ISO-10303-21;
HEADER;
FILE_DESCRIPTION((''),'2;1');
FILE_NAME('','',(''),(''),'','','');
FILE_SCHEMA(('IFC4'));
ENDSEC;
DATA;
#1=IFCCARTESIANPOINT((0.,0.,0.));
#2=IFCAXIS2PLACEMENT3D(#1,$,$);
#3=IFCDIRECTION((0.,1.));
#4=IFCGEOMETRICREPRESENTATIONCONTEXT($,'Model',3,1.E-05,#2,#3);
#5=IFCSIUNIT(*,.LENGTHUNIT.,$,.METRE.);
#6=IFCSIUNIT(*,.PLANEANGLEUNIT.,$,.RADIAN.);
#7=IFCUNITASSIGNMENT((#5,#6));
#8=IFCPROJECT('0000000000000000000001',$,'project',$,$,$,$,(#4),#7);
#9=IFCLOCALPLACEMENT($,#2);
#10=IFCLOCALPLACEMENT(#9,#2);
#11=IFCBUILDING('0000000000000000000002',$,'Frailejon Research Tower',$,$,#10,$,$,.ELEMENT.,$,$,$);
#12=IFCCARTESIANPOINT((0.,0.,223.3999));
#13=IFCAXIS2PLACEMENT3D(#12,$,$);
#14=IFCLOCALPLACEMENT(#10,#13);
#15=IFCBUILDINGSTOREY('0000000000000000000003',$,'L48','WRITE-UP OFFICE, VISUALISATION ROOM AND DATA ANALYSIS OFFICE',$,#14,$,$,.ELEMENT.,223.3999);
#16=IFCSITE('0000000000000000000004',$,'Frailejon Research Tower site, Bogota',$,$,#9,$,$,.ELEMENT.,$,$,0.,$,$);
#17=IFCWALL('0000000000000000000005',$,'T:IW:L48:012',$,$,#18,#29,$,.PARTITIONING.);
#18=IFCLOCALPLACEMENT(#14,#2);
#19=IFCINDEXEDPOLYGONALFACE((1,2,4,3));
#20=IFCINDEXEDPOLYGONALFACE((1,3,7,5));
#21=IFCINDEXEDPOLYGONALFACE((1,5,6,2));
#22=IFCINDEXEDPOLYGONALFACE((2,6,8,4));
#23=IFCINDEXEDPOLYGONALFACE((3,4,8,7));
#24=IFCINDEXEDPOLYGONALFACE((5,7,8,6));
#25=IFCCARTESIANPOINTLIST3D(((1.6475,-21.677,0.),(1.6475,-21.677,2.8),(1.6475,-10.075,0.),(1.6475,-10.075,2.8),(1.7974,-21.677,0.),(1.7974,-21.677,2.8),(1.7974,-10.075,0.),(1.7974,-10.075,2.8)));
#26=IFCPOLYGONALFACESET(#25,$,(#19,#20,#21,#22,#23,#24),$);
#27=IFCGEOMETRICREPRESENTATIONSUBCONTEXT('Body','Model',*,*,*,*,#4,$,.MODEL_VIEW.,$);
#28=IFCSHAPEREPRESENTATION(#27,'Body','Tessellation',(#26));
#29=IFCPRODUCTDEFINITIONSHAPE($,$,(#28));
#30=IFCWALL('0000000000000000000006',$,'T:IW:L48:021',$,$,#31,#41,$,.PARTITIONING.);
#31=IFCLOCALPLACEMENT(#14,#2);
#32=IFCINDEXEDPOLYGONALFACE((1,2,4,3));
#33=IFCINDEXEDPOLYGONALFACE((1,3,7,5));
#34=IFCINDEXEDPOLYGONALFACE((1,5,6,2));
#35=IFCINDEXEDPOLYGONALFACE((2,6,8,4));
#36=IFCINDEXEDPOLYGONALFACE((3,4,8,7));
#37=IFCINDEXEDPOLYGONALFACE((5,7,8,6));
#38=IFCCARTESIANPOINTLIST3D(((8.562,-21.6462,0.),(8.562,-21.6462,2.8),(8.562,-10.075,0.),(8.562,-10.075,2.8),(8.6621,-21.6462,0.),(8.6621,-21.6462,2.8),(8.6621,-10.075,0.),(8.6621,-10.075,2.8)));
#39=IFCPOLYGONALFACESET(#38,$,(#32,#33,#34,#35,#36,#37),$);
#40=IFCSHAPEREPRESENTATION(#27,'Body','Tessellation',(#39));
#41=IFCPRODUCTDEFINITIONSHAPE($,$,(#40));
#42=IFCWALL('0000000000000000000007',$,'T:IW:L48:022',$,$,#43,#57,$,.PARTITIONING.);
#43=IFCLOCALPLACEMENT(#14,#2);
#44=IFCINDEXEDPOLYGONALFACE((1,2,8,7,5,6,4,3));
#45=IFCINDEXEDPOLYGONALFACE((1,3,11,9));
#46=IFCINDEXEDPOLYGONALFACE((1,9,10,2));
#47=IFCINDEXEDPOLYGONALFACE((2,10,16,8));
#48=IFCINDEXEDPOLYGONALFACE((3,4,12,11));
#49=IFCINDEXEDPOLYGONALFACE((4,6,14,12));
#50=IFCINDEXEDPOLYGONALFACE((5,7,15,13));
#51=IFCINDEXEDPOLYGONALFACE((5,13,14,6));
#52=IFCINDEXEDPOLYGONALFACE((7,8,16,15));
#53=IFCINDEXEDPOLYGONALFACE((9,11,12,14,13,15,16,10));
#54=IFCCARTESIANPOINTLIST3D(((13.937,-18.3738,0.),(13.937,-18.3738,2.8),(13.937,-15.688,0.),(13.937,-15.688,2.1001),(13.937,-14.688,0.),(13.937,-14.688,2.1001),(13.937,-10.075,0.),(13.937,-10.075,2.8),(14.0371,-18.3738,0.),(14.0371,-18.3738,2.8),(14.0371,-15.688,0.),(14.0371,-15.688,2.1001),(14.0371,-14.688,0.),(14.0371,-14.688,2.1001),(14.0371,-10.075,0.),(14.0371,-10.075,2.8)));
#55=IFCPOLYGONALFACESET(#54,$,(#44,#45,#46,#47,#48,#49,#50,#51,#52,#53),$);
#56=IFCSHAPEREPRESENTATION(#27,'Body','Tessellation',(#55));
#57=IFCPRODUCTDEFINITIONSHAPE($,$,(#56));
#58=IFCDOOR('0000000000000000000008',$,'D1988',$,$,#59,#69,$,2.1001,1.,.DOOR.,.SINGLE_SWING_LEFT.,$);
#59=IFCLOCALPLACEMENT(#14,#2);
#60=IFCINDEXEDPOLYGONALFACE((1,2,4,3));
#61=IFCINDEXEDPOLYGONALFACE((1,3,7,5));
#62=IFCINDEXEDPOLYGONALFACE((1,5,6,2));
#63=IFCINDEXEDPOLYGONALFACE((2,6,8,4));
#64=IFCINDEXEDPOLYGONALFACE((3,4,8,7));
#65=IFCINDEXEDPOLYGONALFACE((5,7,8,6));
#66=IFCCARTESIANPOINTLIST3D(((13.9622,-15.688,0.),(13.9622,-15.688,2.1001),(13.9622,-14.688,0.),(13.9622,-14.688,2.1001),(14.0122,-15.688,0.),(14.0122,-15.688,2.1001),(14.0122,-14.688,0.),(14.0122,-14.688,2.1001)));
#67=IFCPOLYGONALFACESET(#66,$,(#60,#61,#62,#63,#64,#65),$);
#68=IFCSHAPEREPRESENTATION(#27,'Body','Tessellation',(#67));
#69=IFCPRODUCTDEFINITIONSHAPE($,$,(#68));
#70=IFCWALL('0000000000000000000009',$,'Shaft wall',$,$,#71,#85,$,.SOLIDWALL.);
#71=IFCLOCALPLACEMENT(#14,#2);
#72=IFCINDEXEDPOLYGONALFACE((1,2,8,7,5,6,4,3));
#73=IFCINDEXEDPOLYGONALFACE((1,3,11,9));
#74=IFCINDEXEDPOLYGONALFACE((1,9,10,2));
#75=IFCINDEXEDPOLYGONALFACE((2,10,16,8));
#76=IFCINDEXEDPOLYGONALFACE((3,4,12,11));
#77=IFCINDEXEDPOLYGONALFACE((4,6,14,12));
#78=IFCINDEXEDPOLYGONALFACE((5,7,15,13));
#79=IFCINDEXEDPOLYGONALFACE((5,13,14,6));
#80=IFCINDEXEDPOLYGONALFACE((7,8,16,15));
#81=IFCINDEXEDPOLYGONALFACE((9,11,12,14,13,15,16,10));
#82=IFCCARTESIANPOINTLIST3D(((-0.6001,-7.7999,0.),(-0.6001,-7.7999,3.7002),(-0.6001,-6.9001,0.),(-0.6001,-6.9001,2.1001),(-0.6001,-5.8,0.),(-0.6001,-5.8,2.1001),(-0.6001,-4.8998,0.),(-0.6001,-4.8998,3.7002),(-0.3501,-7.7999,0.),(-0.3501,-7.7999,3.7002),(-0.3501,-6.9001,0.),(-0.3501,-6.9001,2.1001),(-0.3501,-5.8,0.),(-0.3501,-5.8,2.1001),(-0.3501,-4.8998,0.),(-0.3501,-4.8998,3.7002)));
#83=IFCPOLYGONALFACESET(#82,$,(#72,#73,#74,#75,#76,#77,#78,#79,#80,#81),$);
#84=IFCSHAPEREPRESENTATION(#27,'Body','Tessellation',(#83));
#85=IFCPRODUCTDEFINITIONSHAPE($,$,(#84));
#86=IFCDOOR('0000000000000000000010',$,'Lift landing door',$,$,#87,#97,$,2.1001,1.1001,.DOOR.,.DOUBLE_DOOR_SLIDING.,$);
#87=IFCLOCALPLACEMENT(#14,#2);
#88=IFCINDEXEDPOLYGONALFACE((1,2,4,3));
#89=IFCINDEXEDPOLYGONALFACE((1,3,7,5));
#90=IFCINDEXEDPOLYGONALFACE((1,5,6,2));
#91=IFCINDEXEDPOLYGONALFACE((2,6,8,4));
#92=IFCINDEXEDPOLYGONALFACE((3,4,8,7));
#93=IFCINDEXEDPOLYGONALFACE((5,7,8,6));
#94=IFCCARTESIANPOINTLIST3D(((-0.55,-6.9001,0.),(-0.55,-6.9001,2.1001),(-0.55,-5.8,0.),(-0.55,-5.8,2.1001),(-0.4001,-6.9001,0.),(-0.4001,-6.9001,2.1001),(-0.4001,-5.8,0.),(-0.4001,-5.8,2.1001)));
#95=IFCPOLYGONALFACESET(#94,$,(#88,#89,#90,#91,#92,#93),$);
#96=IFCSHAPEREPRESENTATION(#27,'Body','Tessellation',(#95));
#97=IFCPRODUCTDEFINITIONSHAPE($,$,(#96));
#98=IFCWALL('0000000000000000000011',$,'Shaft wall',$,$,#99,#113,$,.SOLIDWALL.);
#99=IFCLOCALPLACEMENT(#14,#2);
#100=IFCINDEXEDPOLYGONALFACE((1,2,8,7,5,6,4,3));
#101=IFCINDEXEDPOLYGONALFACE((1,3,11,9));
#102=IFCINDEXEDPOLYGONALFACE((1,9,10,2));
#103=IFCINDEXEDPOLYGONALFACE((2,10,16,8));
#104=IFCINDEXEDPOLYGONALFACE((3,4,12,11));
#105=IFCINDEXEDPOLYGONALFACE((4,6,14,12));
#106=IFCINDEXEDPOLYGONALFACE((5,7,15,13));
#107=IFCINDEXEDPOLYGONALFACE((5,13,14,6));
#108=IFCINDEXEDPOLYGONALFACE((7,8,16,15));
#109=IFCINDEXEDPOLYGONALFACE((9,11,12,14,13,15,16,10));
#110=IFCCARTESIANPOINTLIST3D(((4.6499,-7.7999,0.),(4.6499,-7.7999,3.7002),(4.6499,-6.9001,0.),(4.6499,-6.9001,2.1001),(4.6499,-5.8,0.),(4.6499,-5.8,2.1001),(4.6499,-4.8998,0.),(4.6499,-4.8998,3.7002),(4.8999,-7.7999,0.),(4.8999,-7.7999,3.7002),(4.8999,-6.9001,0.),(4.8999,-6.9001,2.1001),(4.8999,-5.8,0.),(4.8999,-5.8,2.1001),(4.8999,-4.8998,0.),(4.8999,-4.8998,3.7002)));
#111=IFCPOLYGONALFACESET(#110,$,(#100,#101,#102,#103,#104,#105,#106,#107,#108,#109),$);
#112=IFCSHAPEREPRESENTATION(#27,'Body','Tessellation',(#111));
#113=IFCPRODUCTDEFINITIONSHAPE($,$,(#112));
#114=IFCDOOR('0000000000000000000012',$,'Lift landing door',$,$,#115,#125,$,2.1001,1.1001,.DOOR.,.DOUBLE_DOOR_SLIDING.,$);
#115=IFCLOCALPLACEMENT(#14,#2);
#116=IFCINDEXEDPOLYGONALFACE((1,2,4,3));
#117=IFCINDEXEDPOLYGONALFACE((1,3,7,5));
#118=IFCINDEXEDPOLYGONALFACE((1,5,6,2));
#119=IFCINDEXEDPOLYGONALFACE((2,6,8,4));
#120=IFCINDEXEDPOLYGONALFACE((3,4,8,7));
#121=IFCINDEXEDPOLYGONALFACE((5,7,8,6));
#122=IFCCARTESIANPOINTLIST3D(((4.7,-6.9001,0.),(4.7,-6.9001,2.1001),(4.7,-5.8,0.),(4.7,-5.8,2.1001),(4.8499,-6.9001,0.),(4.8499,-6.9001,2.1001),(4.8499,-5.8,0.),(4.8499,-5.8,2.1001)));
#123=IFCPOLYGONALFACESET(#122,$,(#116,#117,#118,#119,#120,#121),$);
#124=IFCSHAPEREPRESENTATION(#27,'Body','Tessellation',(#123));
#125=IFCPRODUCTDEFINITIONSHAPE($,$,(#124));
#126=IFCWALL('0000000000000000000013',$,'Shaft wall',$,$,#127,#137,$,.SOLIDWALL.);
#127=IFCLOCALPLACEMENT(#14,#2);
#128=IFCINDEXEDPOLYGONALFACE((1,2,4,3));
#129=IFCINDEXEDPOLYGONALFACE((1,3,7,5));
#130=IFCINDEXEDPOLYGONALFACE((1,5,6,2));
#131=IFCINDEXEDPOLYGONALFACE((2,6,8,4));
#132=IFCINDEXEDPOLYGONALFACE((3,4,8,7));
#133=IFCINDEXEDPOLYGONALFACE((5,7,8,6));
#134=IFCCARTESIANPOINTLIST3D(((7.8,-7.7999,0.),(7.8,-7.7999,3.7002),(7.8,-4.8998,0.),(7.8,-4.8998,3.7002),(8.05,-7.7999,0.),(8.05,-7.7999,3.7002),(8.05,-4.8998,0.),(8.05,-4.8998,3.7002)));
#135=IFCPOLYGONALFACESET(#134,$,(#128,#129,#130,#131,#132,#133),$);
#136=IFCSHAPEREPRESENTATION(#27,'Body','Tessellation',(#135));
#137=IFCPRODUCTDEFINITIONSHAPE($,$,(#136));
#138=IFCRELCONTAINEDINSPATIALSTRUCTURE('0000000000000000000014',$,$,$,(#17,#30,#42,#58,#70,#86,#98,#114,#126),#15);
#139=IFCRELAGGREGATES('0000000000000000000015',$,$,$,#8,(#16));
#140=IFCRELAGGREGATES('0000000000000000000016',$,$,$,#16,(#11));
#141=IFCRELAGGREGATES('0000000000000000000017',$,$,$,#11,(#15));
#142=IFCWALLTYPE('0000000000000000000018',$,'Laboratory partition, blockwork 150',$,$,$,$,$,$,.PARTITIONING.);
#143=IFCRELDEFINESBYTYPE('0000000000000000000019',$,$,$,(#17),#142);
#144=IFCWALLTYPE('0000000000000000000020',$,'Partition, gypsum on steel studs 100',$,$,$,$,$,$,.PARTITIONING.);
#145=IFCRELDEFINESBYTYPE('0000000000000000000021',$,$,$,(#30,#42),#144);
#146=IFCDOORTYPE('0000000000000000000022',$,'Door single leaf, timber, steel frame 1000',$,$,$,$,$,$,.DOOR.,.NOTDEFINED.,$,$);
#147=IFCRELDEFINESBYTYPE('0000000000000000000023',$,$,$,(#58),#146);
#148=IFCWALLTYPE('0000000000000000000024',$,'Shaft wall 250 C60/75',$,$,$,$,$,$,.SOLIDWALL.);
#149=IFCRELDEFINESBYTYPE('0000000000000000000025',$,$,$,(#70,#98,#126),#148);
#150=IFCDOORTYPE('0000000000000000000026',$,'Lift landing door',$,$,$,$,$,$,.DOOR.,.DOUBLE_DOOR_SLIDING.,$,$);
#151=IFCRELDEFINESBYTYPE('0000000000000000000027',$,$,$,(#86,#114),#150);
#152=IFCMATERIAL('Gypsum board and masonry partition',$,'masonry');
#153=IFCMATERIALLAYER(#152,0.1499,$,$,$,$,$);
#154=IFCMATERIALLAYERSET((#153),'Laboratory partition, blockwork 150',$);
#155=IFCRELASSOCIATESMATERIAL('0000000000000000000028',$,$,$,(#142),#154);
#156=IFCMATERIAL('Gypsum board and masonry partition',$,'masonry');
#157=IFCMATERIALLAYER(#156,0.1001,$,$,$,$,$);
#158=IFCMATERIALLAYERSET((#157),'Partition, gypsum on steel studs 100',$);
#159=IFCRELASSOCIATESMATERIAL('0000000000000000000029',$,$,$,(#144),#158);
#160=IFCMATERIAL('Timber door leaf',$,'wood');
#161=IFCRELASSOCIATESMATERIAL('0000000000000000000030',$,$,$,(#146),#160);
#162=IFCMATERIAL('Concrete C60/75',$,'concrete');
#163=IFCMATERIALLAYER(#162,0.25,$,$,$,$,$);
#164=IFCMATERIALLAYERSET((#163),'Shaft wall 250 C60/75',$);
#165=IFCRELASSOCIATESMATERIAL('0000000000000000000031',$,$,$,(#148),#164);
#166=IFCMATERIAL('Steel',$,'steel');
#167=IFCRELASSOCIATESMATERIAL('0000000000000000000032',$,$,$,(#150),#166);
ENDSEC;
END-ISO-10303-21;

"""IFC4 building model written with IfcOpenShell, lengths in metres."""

from ifc_helpers import new_model, si_unit, direction, frame, frame_2d, origin, place, context, subcontext, project, spatial, rectangle, extrude, material, layer, layer_set, type_object, element, fill, save


model = new_model("IFC4")

# Units and contexts
model_context = context("Model", 3, precision=1e-05, world=origin(), true_north=direction((0.0, 1.0)))
body_context = subcontext(model_context, "Body", "Model", "MODEL_VIEW")
ifc_project = project(units=[si_unit("LENGTHUNIT", "METRE"), si_unit("PLANEANGLEUNIT", "RADIAN")], contexts=[model_context])

# Site, building, storey
site_placement = place(None, origin())
site = spatial("IfcSite", under=ifc_project, at=site_placement, Name="Frailejon Research Tower site, Bogota", CompositionType="ELEMENT", RefElevation=0.0)
building_placement = place(site_placement, origin())
building = spatial("IfcBuilding", under=site, at=building_placement, Name="Frailejon Research Tower", CompositionType="ELEMENT")
storey_placement = place(building_placement, frame((0.0, 0.0, 223.3999)))
storey = spatial("IfcBuildingStorey", under=building, at=storey_placement, Name="L48", Description="WRITE-UP OFFICE, VISUALISATION ROOM AND DATA ANALYSIS OFFICE", CompositionType="ELEMENT", Elevation=223.3999)

# Walls
ifc_material_1 = material(Name="Gypsum board and masonry partition", Category="masonry")
ifc_layer_1 = layer(ifc_material_1, 0.1499)
ifc_layer_set_1 = layer_set([ifc_layer_1], Name="Laboratory partition, blockwork 150")
wall_type_1 = type_object("IfcWallType", Name="Laboratory partition, blockwork 150", PredefinedType="PARTITIONING", material=ifc_layer_set_1)
wall_1_placement = place(storey_placement, frame((1.7224, -21.677, 0.0), z_axis=(0.0, 0.0, 1.0), x_axis=(0.0, 1.0, 0.0)))
element("IfcWall", 1, at=wall_1_placement, inside=storey, type_object=wall_type_1, Name="T:IW:L48:012", PredefinedType="PARTITIONING", context=body_context, shape_type="SweptSolid", body=[
    extrude(rectangle(XDim=11.6021, YDim=0.1499, at=frame_2d((5.801, 0.0))), origin(), (0.0, 0.0, 1.0), 2.8),
])
ifc_material_2 = material(Name="Gypsum board and masonry partition", Category="masonry")
ifc_layer_2 = layer(ifc_material_2, 0.1001)
ifc_layer_set_2 = layer_set([ifc_layer_2], Name="Partition, gypsum on steel studs 100")
wall_type_2 = type_object("IfcWallType", Name="Partition, gypsum on steel studs 100", PredefinedType="PARTITIONING", material=ifc_layer_set_2)
wall_2_placement = place(storey_placement, frame((8.6121, -21.6462, 0.0), z_axis=(0.0, 0.0, 1.0), x_axis=(0.0, 1.0, 0.0)))
element("IfcWall", 2, at=wall_2_placement, inside=storey, type_object=wall_type_2, Name="T:IW:L48:021", PredefinedType="PARTITIONING", context=body_context, shape_type="SweptSolid", body=[
    extrude(rectangle(XDim=11.5713, YDim=0.1001, at=frame_2d((5.7856, 0.0))), origin(), (0.0, 0.0, 1.0), 2.8),
])

# Walls, openings, doors
wall_3_placement = place(storey_placement, frame((13.9871, -18.3738, 0.0), z_axis=(0.0, 0.0, 1.0), x_axis=(0.0, 1.0, 0.0)))
wall_3 = element("IfcWall", 3, at=wall_3_placement, inside=storey, type_object=wall_type_2, Name="T:IW:L48:022", PredefinedType="PARTITIONING", context=body_context, shape_type="SweptSolid", body=[
    extrude(rectangle(XDim=8.2988, YDim=0.1001, at=frame_2d((4.1494, 0.0))), origin(), (0.0, 0.0, 1.0), 2.8),
])
opening_1_placement = place(wall_3_placement, frame((2.6858, 0.0, 0.0)))
opening_1 = element("IfcOpeningElement", 4, at=opening_1_placement, cuts=wall_3, PredefinedType="OPENING", context=body_context, shape_type="SweptSolid", body=[
    extrude(rectangle(XDim=1.0, YDim=2.1001, at=frame_2d((0.5, 1.05))), frame((0.0, 0.0601, 0.0), z_axis=(0.0, -1.0, 0.0), x_axis=(1.0, 0.0, 0.0)), (0.0, 0.0, 1.0), 0.1201),
])
ifc_material_3 = material(Name="Timber door leaf", Category="wood")
door_type_1 = type_object("IfcDoorType", Name="Door single leaf, timber, steel frame 1000", OperationType="NOTDEFINED", PredefinedType="DOOR", material=ifc_material_3)
door_1_placement = place(opening_1_placement, origin())
door_1 = element("IfcDoor", 5, at=door_1_placement, inside=storey, type_object=door_type_1, Name="D1988", OperationType="SINGLE_SWING_LEFT", OverallHeight=2.1001, OverallWidth=1.0, PredefinedType="DOOR", context=body_context, shape_type="SweptSolid", body=[
    extrude(rectangle(XDim=1.0, YDim=2.1001, at=frame_2d((0.5, 1.05))), frame((0.0, 0.0249, 0.0), z_axis=(0.0, -1.0, 0.0), x_axis=(1.0, 0.0, 0.0)), (0.0, 0.0, 1.0), 0.05),
])
fill(opening_1, door_1)
ifc_material_4 = material(Name="Concrete C60/75", Category="concrete")
ifc_layer_3 = layer(ifc_material_4, 0.25)
ifc_layer_set_3 = layer_set([ifc_layer_3], Name="Shaft wall 250 C60/75")
wall_type_3 = type_object("IfcWallType", Name="Shaft wall 250 C60/75", PredefinedType="SOLIDWALL", material=ifc_layer_set_3)
wall_4_placement = place(storey_placement, frame((-0.4751, -7.8, 0.0), z_axis=(0.0, 0.0, 1.0), x_axis=(0.0, 1.0, 0.0)))
wall_4 = element("IfcWall", 6, at=wall_4_placement, inside=storey, type_object=wall_type_3, Name="Shaft wall", PredefinedType="SOLIDWALL", context=body_context, shape_type="SweptSolid", body=[
    extrude(rectangle(XDim=2.9001, YDim=0.25, at=frame_2d((1.4502, 0.0))), origin(), (0.0, 0.0, 1.0), 3.7002),
])
opening_2_placement = place(wall_4_placement, frame((0.8999, 0.0, 0.0)))
opening_2 = element("IfcOpeningElement", 7, at=opening_2_placement, cuts=wall_4, PredefinedType="OPENING", context=body_context, shape_type="SweptSolid", body=[
    extrude(rectangle(XDim=1.1001, YDim=2.1001, at=frame_2d((0.55, 1.05))), frame((0.0, 0.135, 0.0), z_axis=(0.0, -1.0, 0.0), x_axis=(1.0, 0.0, 0.0)), (0.0, 0.0, 1.0), 0.27),
])
ifc_material_5 = material(Name="Steel", Category="steel")
door_type_2 = type_object("IfcDoorType", Name="Lift landing door", OperationType="DOUBLE_DOOR_SLIDING", PredefinedType="DOOR", material=ifc_material_5)
door_2_placement = place(opening_2_placement, origin())
door_2 = element("IfcDoor", 8, at=door_2_placement, inside=storey, type_object=door_type_2, Name="Lift landing door", OperationType="DOUBLE_DOOR_SLIDING", OverallHeight=2.1001, OverallWidth=1.1001, PredefinedType="DOOR", context=body_context, shape_type="SweptSolid", body=[
    extrude(rectangle(XDim=1.1001, YDim=2.1001, at=frame_2d((0.55, 1.05))), frame((0.0, 0.075, 0.0), z_axis=(0.0, -1.0, 0.0), x_axis=(1.0, 0.0, 0.0)), (0.0, 0.0, 1.0), 0.1499),
])
fill(opening_2, door_2)
wall_5_placement = place(storey_placement, frame((4.7749, -7.8, 0.0), z_axis=(0.0, 0.0, 1.0), x_axis=(0.0, 1.0, 0.0)))
wall_5 = element("IfcWall", 9, at=wall_5_placement, inside=storey, type_object=wall_type_3, Name="Shaft wall", PredefinedType="SOLIDWALL", context=body_context, shape_type="SweptSolid", body=[
    extrude(rectangle(XDim=2.9001, YDim=0.25, at=frame_2d((1.4502, 0.0))), origin(), (0.0, 0.0, 1.0), 3.7002),
])
opening_3_placement = place(wall_5_placement, frame((0.8999, 0.0, 0.0)))
opening_3 = element("IfcOpeningElement", 10, at=opening_3_placement, cuts=wall_5, PredefinedType="OPENING", context=body_context, shape_type="SweptSolid", body=[
    extrude(rectangle(XDim=1.1001, YDim=2.1001, at=frame_2d((0.55, 1.05))), frame((0.0, 0.135, 0.0), z_axis=(0.0, -1.0, 0.0), x_axis=(1.0, 0.0, 0.0)), (0.0, 0.0, 1.0), 0.27),
])
door_3_placement = place(opening_3_placement, origin())
door_3 = element("IfcDoor", 11, at=door_3_placement, inside=storey, type_object=door_type_2, Name="Lift landing door", OperationType="DOUBLE_DOOR_SLIDING", OverallHeight=2.1001, OverallWidth=1.1001, PredefinedType="DOOR", context=body_context, shape_type="SweptSolid", body=[
    extrude(rectangle(XDim=1.1001, YDim=2.1001, at=frame_2d((0.55, 1.05))), frame((0.0, 0.075, 0.0), z_axis=(0.0, -1.0, 0.0), x_axis=(1.0, 0.0, 0.0)), (0.0, 0.0, 1.0), 0.1499),
])
fill(opening_3, door_3)

# Wall
wall_6_placement = place(storey_placement, frame((7.925, -7.8, 0.0), z_axis=(0.0, 0.0, 1.0), x_axis=(0.0, 1.0, 0.0)))
element("IfcWall", 12, at=wall_6_placement, inside=storey, type_object=wall_type_3, Name="Shaft wall", PredefinedType="SOLIDWALL", context=body_context, shape_type="SweptSolid", body=[
    extrude(rectangle(XDim=2.9001, YDim=0.25, at=frame_2d((1.4502, 0.0))), origin(), (0.0, 0.0, 1.0), 3.7002),
])

save(model, "model.ifc")
